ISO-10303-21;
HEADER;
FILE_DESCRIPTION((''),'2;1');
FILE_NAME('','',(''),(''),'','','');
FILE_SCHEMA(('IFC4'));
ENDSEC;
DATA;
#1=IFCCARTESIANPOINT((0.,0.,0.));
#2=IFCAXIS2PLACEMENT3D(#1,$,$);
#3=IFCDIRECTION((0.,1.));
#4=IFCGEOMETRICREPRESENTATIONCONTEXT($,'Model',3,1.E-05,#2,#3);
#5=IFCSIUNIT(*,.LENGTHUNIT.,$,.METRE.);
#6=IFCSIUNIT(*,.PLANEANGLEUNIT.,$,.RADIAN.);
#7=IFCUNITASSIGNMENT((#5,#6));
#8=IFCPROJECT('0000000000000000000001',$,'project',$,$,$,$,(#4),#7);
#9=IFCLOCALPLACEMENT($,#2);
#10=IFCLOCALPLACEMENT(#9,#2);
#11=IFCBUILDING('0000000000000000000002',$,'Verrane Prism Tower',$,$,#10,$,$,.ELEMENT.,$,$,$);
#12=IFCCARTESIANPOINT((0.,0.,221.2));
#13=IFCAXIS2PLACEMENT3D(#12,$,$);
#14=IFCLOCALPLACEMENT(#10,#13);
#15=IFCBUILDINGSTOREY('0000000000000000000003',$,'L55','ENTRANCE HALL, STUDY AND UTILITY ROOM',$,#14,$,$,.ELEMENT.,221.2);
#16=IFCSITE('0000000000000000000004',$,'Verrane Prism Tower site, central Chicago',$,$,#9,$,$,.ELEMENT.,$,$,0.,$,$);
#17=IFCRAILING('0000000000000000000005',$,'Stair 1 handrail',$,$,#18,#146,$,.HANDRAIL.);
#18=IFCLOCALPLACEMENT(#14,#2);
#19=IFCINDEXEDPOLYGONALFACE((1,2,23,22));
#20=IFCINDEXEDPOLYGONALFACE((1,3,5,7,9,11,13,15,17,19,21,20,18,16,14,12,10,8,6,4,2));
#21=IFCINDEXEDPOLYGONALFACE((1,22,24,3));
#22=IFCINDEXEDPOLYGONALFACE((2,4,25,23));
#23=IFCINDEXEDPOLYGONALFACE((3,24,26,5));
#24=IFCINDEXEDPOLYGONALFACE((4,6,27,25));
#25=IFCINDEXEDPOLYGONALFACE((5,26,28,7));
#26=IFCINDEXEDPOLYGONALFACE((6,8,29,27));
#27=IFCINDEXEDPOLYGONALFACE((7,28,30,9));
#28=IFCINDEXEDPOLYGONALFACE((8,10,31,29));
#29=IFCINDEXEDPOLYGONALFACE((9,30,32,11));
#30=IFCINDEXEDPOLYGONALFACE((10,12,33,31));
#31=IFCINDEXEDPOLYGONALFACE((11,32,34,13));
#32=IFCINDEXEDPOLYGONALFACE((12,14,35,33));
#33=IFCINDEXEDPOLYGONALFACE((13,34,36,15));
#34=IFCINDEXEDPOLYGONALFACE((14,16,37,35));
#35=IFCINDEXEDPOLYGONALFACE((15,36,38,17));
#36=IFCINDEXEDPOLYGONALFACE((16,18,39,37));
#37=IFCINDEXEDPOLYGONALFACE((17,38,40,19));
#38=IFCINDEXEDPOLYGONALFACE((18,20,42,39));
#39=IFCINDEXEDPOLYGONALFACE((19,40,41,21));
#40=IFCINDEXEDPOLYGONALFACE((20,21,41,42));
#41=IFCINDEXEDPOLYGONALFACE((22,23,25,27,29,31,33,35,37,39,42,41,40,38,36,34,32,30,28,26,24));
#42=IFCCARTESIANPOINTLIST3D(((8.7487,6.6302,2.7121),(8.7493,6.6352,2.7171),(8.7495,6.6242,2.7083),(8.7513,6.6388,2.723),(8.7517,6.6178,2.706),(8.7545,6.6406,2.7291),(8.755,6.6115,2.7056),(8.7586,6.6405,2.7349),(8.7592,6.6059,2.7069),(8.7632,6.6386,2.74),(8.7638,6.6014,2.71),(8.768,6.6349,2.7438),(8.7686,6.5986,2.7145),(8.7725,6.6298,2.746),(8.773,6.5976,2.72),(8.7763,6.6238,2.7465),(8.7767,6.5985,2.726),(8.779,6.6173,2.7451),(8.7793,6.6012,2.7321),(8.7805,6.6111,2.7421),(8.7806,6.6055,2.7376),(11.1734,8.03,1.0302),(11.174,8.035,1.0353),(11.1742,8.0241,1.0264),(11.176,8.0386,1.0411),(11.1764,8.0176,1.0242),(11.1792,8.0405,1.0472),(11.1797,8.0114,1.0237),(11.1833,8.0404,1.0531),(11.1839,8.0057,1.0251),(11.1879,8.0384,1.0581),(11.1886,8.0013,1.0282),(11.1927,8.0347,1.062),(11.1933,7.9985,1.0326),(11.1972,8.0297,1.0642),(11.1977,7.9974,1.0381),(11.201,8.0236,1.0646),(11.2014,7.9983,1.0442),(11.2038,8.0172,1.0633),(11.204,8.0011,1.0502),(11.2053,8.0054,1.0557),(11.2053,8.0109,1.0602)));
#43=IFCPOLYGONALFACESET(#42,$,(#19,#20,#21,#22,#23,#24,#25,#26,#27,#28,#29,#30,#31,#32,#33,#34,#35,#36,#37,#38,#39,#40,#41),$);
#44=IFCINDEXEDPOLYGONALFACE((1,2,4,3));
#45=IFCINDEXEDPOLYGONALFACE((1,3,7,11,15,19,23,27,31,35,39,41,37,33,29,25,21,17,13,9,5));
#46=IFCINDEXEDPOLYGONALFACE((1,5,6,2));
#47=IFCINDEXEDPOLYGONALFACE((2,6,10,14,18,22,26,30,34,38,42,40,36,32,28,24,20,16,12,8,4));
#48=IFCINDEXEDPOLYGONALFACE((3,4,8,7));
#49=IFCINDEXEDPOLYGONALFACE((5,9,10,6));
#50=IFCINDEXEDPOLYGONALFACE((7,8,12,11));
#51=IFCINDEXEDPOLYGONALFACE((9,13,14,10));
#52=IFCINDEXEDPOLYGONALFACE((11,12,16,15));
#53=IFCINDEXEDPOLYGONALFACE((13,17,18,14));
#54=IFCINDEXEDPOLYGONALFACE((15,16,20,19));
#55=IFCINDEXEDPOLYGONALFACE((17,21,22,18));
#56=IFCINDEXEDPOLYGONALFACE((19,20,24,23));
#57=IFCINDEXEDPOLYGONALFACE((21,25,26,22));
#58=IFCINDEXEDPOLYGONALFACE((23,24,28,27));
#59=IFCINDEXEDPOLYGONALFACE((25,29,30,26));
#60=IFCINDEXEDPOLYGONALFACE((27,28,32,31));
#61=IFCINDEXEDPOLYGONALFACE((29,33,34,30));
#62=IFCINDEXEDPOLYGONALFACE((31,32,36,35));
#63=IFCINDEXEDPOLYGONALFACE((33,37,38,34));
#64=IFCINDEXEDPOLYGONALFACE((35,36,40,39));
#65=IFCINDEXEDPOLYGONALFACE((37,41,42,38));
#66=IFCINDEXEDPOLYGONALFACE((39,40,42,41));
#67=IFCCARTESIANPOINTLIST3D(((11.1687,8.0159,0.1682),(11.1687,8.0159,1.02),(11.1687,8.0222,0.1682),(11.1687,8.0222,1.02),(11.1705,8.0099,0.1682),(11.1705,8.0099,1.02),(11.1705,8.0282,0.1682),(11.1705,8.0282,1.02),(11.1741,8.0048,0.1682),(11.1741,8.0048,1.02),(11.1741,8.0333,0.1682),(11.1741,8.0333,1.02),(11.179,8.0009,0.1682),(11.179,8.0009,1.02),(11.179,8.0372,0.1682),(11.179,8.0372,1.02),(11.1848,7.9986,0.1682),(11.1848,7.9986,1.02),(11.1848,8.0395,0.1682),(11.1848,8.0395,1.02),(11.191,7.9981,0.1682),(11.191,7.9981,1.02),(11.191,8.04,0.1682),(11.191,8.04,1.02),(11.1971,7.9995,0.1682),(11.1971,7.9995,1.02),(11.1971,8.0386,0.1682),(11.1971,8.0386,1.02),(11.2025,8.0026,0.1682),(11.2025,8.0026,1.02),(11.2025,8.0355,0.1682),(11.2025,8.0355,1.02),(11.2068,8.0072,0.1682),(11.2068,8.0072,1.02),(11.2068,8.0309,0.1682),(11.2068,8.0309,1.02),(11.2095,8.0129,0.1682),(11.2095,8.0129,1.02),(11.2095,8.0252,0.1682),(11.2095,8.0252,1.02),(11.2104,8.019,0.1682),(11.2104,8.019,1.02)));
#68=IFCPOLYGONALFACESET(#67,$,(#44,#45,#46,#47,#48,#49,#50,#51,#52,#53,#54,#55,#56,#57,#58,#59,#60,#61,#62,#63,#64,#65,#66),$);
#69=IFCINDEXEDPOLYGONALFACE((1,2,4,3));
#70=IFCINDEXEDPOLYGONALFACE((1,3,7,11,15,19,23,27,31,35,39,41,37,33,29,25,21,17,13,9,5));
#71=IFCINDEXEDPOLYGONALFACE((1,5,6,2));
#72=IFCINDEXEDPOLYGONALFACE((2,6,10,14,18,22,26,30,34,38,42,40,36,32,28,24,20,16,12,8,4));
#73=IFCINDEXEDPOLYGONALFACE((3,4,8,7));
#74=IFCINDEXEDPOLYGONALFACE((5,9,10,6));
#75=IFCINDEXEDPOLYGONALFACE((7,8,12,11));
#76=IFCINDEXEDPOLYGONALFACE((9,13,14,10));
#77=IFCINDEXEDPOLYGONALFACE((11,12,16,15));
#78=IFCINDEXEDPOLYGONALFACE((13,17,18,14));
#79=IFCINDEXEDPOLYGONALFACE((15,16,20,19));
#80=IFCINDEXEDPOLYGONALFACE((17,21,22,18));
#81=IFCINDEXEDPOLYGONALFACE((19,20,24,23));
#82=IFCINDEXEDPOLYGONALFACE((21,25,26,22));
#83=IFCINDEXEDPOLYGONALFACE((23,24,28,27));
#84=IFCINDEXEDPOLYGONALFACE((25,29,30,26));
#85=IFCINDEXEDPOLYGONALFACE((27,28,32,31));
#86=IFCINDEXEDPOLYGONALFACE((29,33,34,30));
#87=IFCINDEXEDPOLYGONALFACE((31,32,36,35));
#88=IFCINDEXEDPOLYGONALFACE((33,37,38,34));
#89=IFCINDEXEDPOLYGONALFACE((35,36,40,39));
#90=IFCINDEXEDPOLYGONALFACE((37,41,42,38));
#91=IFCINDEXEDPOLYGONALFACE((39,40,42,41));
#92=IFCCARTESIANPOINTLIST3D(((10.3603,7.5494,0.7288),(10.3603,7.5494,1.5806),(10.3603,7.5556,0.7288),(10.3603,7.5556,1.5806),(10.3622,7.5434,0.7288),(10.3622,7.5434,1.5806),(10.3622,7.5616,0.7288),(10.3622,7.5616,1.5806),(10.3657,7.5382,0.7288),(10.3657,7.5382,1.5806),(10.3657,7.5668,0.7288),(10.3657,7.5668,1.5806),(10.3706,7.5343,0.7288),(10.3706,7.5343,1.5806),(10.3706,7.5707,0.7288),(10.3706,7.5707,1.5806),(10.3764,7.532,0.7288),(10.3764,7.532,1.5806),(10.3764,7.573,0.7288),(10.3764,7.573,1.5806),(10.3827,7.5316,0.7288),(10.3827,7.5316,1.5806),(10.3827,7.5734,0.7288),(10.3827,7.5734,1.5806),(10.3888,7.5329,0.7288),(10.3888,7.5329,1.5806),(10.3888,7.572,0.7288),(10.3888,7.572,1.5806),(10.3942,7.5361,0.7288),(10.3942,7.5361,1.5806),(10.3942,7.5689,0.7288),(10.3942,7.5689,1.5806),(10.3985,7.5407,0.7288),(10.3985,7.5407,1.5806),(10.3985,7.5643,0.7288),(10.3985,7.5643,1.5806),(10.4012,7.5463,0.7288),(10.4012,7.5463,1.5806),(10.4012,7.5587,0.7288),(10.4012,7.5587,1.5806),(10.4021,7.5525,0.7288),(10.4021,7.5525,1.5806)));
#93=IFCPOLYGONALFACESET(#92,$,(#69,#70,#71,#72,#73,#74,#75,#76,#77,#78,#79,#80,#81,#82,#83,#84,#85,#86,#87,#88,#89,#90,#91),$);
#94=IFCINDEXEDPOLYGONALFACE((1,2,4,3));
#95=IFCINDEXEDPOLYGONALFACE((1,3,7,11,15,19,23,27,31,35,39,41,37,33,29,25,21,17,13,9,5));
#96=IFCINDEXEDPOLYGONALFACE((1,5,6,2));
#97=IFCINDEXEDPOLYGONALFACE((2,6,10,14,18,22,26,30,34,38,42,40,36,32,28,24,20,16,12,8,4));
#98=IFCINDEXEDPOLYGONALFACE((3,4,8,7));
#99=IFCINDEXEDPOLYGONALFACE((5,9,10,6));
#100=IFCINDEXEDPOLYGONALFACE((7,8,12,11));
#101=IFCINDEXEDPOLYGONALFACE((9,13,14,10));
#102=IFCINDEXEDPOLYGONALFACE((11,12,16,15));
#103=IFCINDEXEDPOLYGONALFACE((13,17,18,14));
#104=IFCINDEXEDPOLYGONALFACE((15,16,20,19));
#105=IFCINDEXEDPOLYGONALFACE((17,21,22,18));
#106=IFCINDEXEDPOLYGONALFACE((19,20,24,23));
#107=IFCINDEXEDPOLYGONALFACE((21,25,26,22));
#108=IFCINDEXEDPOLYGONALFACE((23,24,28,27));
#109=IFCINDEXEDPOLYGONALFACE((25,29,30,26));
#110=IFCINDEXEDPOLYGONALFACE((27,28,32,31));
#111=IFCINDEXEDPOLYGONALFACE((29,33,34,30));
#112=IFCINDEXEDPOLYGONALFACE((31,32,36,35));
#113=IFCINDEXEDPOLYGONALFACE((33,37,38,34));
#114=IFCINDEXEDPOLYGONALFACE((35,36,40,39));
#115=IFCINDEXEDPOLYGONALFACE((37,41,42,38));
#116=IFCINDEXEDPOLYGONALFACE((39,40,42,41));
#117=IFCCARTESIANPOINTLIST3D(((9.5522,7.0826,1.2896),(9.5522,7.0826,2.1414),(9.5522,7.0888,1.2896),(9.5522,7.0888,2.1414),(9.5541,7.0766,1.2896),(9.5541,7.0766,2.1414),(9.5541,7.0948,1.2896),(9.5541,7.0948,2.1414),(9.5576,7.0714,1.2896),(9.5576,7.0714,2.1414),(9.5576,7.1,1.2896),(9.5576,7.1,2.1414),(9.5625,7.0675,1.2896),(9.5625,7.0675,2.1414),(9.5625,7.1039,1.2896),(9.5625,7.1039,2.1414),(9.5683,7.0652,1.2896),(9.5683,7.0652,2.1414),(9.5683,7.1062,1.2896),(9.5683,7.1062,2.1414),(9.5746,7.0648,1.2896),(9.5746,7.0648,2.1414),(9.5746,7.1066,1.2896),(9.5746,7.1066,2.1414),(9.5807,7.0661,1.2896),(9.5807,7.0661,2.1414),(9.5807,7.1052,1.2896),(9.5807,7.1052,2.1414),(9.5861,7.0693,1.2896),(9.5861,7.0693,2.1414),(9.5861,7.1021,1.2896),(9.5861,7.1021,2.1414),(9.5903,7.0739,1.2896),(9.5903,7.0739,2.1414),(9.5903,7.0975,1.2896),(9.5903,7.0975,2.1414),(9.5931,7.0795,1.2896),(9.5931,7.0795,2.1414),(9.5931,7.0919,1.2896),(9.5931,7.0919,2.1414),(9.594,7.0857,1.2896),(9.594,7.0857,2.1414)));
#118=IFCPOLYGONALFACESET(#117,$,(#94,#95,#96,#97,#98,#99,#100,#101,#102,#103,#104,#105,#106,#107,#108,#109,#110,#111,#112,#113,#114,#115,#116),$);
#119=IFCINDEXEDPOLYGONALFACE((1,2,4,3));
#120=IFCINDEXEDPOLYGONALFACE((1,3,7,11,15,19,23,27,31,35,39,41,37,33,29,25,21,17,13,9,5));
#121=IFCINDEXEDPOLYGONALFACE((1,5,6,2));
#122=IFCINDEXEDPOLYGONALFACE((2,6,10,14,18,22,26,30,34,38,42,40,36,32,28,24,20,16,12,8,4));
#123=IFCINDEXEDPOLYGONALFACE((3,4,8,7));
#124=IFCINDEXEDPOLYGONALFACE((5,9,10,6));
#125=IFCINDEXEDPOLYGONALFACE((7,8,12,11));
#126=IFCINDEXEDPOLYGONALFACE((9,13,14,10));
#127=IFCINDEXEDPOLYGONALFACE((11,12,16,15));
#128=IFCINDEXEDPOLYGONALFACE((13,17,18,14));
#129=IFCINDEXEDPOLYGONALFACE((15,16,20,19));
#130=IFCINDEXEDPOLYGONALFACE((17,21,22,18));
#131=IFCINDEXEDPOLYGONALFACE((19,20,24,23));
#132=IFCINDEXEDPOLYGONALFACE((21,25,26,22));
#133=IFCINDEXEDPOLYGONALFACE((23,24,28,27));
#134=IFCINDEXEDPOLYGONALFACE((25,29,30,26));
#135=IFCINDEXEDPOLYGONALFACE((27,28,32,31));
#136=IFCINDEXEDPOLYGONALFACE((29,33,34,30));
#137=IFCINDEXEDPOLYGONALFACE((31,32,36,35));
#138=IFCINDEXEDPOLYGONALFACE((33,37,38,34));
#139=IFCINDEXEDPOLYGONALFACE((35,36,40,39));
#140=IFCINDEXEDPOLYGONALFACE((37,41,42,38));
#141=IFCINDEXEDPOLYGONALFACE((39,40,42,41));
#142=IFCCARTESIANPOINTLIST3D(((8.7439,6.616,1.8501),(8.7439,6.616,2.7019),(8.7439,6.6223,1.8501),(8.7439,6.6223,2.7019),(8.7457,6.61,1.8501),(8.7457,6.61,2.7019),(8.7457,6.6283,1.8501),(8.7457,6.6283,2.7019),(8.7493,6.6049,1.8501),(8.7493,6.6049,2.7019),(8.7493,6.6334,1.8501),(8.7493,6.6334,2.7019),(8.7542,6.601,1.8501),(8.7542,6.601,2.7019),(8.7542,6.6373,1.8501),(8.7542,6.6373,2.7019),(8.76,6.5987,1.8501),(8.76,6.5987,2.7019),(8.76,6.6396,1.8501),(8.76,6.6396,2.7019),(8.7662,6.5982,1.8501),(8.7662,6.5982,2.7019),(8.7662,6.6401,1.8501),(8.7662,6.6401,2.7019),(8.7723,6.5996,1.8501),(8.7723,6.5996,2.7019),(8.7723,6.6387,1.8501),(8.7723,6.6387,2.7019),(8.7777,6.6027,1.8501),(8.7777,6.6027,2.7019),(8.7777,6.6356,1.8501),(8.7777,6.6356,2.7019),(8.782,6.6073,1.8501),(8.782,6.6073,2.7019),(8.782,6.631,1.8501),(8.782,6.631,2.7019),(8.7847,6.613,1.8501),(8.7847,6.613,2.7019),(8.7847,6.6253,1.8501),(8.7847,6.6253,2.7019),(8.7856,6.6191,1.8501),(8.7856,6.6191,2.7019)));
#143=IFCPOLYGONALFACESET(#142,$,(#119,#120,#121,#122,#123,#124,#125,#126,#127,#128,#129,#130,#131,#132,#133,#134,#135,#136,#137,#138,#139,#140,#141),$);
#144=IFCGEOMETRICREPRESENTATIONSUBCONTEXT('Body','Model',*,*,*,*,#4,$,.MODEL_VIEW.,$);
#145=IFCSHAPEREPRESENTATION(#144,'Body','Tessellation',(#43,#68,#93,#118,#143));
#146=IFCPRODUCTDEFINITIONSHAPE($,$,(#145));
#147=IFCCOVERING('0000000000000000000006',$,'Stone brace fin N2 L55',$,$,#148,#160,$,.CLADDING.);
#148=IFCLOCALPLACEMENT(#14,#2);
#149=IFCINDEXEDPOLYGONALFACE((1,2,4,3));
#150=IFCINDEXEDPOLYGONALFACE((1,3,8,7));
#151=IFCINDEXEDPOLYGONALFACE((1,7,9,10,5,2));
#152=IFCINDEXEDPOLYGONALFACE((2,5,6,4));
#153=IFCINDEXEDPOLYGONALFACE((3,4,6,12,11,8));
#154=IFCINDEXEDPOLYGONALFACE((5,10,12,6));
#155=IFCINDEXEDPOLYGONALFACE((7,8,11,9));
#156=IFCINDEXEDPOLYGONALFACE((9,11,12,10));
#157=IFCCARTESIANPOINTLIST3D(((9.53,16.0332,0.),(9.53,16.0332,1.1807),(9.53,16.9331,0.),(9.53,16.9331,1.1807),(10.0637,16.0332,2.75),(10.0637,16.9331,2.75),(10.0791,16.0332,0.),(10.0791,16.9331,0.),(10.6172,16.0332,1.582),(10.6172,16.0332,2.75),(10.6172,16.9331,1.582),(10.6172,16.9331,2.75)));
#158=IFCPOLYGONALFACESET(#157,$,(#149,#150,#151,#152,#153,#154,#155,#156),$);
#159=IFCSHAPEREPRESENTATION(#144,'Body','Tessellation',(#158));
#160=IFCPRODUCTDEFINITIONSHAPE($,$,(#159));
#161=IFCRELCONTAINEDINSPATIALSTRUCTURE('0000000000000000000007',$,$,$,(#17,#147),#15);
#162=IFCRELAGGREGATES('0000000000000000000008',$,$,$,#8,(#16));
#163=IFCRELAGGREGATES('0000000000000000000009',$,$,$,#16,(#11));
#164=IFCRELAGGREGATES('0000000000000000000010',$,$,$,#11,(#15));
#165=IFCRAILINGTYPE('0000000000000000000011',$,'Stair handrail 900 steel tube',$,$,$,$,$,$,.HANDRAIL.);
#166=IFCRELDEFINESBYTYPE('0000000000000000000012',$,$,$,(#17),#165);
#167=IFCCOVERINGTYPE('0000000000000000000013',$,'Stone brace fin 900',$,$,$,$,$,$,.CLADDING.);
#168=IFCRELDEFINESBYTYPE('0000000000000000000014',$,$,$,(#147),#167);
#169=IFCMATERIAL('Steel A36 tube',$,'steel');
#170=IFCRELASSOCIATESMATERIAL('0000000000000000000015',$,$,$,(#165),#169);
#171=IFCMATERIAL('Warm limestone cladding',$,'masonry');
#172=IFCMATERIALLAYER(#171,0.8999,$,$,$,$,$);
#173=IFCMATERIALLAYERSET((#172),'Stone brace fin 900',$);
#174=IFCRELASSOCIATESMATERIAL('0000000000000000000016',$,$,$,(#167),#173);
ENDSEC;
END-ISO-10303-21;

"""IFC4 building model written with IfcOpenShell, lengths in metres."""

from ifc_helpers import new_model, si_unit, direction, frame, origin, origin_2d, place, context, subcontext, project, spatial, polyline, circle, outline, extrude, material, layer, layer_set, type_object, element, save


model = new_model("IFC4")

# Units and contexts
model_context = context("Model", 3, precision=1e-05, world=origin(), true_north=direction((0.0, 1.0)))
body_context = subcontext(model_context, "Body", "Model", "MODEL_VIEW")
ifc_project = project(units=[si_unit("LENGTHUNIT", "METRE"), si_unit("PLANEANGLEUNIT", "RADIAN")], contexts=[model_context])

# Site, building, storey
site_placement = place(None, origin())
site = spatial("IfcSite", under=ifc_project, at=site_placement, Name="Verrane Prism Tower site, central Chicago", CompositionType="ELEMENT", RefElevation=0.0)
building_placement = place(site_placement, origin())
building = spatial("IfcBuilding", under=site, at=building_placement, Name="Verrane Prism Tower", CompositionType="ELEMENT")
storey_placement = place(building_placement, frame((0.0, 0.0, 221.2)))
storey = spatial("IfcBuildingStorey", under=building, at=storey_placement, Name="L55", Description="ENTRANCE HALL, STUDY AND UTILITY ROOM", CompositionType="ELEMENT", Elevation=221.2)

# Railing
ifc_material_1 = material(Name="Steel A36 tube", Category="steel")
railing_type = type_object("IfcRailingType", Name="Stair handrail 900 steel tube", PredefinedType="HANDRAIL", material=ifc_material_1)
railing_placement = place(storey_placement, frame((11.1895, 8.019, 0.1682)))
element("IfcRailing", 1, at=railing_placement, inside=storey, type_object=railing_type, Name="Stair 1 handrail", PredefinedType="HANDRAIL", context=body_context, shape_type="SweptSolid", body=[
    extrude(circle(Radius=0.0239, at=origin_2d()), frame((0.0, 0.0, 0.876), z_axis=(-0.74239, -0.428601, 0.514934), x_axis=(0.499984, -0.866035, 0.0)), (0.0, 0.0, 1.0), 3.2661),
    extrude(circle(Radius=0.021, at=origin_2d()), origin(), (0.0, 0.0, 1.0), 0.8518),
    extrude(circle(Radius=0.021, at=origin_2d()), frame((-0.8083, -0.4666, 0.5605)), (0.0, 0.0, 1.0), 0.8518),
    extrude(circle(Radius=0.021, at=origin_2d()), frame((-1.6165, -0.9333, 1.1213)), (0.0, 0.0, 1.0), 0.8518),
    extrude(circle(Radius=0.021, at=origin_2d()), frame((-2.4248, -1.3999, 1.6819)), (0.0, 0.0, 1.0), 0.8518),
])

# Covering
ifc_material_2 = material(Name="Warm limestone cladding", Category="masonry")
ifc_layer_1 = layer(ifc_material_2, 0.8999)
ifc_layer_set_1 = layer_set([ifc_layer_1], Name="Stone brace fin 900")
covering_type = type_object("IfcCoveringType", Name="Stone brace fin 900", PredefinedType="CLADDING", material=ifc_layer_set_1)
covering_placement = place(storey_placement, frame((9.53, 16.4832, 0.0), z_axis=(0.0, 0.0, 1.0), x_axis=(1.0, 0.0, 0.0)))
element("IfcCovering", 2, at=covering_placement, inside=storey, type_object=covering_type, Name="Stone brace fin N2 L55", PredefinedType="CLADDING", context=body_context, shape_type="SweptSolid", body=[
    extrude(outline(polyline([(1.0872, 2.75), (0.5337, 2.75), (0.0, 1.1807), (0.0, 0.0), (0.5491, 0.0), (1.0872, 1.582), (1.0872, 2.75)])), frame((0.0, 0.45, 0.0), z_axis=(0.0, -1.0, 0.0), x_axis=(1.0, 0.0, 0.0)), (0.0, 0.0, 1.0), 0.8999),
])

save(model, "model.ifc")
